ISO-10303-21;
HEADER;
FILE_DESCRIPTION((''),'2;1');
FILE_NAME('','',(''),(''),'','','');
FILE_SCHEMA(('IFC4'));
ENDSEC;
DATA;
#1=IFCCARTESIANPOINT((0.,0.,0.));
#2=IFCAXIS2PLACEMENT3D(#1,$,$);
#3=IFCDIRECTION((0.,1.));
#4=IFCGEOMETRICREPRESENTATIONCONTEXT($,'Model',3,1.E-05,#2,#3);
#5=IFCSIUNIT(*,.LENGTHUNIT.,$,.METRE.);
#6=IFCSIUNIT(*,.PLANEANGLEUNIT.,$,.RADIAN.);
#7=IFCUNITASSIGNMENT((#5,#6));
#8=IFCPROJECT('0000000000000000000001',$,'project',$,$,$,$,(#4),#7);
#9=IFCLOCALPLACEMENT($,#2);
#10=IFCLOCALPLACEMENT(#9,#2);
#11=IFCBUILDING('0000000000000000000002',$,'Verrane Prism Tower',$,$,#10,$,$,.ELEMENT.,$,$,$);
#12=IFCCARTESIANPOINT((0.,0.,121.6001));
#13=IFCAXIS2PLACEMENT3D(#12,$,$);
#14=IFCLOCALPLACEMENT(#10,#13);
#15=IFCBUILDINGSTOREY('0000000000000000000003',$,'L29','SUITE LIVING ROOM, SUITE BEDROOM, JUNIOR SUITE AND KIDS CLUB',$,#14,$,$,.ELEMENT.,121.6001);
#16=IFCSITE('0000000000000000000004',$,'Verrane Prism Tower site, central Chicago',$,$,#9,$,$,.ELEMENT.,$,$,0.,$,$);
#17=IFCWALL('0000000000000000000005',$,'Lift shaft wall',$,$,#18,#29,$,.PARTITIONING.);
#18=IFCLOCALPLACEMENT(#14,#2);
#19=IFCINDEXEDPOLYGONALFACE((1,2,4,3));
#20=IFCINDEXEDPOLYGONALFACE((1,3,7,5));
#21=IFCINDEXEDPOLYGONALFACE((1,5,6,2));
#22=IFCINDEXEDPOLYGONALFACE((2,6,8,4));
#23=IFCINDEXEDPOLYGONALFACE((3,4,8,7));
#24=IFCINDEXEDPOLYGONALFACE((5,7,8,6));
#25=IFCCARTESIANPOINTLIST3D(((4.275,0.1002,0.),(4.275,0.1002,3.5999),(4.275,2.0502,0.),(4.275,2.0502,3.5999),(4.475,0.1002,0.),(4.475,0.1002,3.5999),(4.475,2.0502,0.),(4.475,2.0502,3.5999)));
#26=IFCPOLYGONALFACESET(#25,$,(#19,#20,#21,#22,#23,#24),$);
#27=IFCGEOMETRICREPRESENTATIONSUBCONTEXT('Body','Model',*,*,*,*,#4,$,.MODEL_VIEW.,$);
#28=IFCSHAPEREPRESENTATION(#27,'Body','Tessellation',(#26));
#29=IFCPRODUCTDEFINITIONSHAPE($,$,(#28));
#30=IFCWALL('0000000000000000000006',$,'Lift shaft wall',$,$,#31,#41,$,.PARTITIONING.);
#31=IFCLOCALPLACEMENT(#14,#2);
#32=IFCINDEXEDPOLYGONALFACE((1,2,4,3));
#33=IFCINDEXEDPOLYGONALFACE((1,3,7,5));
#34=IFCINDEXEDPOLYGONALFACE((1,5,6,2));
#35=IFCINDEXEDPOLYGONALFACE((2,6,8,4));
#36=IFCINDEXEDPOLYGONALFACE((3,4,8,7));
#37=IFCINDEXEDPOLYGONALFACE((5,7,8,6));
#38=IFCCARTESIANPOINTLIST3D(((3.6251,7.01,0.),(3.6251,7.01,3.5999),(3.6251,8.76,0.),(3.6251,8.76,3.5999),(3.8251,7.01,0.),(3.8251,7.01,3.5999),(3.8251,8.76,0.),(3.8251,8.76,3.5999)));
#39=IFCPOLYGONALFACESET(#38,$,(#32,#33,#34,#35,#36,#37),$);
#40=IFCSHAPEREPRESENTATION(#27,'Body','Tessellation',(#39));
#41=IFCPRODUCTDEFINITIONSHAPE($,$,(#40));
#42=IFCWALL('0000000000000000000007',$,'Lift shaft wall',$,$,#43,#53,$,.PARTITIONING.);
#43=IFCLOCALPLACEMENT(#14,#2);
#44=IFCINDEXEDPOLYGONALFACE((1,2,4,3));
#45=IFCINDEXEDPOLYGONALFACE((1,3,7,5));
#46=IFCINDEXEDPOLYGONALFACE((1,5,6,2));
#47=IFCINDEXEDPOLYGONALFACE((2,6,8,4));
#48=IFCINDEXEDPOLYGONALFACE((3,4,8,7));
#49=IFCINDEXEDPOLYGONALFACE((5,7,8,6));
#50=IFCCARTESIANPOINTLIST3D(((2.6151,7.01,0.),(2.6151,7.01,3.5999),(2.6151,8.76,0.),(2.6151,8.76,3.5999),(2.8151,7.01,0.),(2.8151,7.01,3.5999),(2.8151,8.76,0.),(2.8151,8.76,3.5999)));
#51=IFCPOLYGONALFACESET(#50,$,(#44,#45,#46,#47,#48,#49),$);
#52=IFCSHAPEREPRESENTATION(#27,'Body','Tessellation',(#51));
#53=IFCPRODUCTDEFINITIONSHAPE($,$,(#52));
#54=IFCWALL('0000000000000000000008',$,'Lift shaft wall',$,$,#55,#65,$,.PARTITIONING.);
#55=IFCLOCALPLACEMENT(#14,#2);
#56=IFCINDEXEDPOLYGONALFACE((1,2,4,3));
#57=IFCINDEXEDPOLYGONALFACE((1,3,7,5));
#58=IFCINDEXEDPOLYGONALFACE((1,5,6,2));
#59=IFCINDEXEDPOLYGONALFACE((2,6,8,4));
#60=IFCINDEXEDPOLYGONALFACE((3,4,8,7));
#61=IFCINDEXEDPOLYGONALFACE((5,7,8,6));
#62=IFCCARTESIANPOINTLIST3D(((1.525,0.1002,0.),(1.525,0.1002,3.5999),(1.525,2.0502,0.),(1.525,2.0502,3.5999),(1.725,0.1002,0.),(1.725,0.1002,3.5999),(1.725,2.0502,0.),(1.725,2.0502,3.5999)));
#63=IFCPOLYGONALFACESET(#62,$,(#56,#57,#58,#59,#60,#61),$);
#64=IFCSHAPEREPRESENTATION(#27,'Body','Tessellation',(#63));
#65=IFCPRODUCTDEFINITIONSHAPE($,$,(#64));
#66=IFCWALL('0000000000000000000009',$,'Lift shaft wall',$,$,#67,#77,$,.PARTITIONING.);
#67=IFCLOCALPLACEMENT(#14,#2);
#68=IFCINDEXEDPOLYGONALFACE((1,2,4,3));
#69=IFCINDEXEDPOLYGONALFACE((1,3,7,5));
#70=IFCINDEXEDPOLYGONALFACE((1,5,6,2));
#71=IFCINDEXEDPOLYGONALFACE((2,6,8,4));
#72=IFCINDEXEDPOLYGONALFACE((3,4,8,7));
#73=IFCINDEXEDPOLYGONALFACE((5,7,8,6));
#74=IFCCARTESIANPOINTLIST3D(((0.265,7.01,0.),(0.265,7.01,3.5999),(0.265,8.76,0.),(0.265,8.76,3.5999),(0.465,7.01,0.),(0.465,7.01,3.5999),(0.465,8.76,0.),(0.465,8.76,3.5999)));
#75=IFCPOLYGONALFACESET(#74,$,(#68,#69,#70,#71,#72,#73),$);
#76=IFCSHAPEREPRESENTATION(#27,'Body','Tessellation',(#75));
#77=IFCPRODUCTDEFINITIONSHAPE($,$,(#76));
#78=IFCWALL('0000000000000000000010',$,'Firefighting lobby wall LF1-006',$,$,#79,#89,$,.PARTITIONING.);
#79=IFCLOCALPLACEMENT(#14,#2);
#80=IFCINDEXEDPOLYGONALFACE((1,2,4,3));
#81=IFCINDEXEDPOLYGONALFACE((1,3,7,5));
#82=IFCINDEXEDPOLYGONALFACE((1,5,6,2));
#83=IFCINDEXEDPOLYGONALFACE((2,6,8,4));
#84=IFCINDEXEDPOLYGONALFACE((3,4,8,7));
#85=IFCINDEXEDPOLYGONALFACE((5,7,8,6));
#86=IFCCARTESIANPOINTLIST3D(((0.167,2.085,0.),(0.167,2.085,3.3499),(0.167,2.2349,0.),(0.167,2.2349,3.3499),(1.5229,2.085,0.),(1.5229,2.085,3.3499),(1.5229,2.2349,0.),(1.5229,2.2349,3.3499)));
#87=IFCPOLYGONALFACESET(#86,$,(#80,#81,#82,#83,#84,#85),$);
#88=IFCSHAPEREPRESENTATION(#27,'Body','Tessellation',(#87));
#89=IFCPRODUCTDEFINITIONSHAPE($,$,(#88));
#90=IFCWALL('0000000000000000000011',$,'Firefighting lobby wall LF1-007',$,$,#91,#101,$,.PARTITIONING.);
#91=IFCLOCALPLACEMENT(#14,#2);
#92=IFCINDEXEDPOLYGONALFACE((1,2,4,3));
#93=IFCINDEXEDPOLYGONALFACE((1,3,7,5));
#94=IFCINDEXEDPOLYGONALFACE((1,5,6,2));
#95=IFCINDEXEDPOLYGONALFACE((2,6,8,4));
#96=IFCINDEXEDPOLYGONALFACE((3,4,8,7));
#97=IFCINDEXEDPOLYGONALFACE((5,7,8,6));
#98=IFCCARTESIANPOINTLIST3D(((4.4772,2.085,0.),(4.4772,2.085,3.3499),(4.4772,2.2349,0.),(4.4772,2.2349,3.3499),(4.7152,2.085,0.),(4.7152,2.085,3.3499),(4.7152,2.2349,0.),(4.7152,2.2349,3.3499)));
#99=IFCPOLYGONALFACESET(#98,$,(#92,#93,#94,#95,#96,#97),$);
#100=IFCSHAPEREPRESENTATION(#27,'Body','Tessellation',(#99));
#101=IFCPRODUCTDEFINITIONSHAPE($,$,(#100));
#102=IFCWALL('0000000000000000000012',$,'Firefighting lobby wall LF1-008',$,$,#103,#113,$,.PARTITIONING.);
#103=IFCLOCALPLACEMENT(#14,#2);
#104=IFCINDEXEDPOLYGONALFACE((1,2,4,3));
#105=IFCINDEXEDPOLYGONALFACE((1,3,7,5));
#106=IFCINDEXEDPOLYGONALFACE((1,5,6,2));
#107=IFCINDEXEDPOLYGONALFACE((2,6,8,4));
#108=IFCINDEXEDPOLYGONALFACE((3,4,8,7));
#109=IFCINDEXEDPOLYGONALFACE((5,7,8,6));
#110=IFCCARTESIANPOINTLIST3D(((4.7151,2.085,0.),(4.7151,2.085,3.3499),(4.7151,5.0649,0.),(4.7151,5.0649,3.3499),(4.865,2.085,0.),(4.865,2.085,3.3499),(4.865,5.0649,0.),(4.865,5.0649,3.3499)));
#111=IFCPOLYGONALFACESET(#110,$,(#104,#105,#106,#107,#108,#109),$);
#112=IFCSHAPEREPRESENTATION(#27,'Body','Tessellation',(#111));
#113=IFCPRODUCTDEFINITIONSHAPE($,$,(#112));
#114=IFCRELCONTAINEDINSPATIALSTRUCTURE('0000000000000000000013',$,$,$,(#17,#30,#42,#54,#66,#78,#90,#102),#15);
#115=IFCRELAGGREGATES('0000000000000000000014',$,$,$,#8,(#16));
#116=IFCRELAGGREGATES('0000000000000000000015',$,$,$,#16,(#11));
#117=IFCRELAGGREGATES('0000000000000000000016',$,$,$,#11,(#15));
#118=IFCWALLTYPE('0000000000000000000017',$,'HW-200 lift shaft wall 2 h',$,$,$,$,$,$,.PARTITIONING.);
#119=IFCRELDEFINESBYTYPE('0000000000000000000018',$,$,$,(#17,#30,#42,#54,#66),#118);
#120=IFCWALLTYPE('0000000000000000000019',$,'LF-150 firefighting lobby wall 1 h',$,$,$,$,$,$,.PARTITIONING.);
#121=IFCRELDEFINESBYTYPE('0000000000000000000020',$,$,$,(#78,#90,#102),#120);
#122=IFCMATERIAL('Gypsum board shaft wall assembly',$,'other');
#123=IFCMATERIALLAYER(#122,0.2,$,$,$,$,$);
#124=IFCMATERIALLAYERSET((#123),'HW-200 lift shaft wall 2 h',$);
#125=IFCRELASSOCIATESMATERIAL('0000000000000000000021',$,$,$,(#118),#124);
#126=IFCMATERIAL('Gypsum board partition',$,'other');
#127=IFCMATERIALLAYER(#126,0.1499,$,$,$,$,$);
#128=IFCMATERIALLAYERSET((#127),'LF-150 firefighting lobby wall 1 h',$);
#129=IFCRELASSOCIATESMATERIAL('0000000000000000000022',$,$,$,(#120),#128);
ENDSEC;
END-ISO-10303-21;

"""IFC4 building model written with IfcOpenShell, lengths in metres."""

from ifc_helpers import new_model, si_unit, direction, frame, frame_2d, origin, place, context, subcontext, project, spatial, rectangle, extrude, material, layer, layer_set, type_object, element, save


model = new_model("IFC4")

# Units and contexts
model_context = context("Model", 3, precision=1e-05, world=origin(), true_north=direction((0.0, 1.0)))
body_context = subcontext(model_context, "Body", "Model", "MODEL_VIEW")
ifc_project = project(units=[si_unit("LENGTHUNIT", "METRE"), si_unit("PLANEANGLEUNIT", "RADIAN")], contexts=[model_context])

# Site, building, storey
site_placement = place(None, origin())
site = spatial("IfcSite", under=ifc_project, at=site_placement, Name="Verrane Prism Tower site, central Chicago", CompositionType="ELEMENT", RefElevation=0.0)
building_placement = place(site_placement, origin())
building = spatial("IfcBuilding", under=site, at=building_placement, Name="Verrane Prism Tower", CompositionType="ELEMENT")
storey_placement = place(building_placement, frame((0.0, 0.0, 121.6001)))
storey = spatial("IfcBuildingStorey", under=building, at=storey_placement, Name="L29", Description="SUITE LIVING ROOM, SUITE BEDROOM, JUNIOR SUITE AND KIDS CLUB", CompositionType="ELEMENT", Elevation=121.6001)

# Shared definitions
ifc_material_1 = material(Name="Gypsum board shaft wall assembly", Category="other")
ifc_layer_1 = layer(ifc_material_1, 0.2)
ifc_layer_set_1 = layer_set([ifc_layer_1], Name="HW-200 lift shaft wall 2 h")
wall_type_1 = type_object("IfcWallType", Name="HW-200 lift shaft wall 2 h", PredefinedType="PARTITIONING", material=ifc_layer_set_1)

# Walls
wall_1_placement = place(storey_placement, frame((4.375, 0.1001, 0.0), z_axis=(0.0, 0.0, 1.0), x_axis=(0.0, 1.0, 0.0)))
element("IfcWall", 1, at=wall_1_placement, inside=storey, type_object=wall_type_1, Name="Lift shaft wall", PredefinedType="PARTITIONING", context=body_context, shape_type="SweptSolid", body=[
    extrude(rectangle(XDim=1.95, YDim=0.2, at=frame_2d((0.9751, 0.0))), origin(), (0.0, 0.0, 1.0), 3.5999),
])
for number, where, z_axis, x_axis, name in (
    (2, (3.7251, 7.01, 0.0), (0.0, 0.0, 1.0), (0.0, 1.0, 0.0), "Lift shaft wall"),
    (3, (2.7151, 7.01, 0.0), (0.0, 0.0, 1.0), (0.0, 1.0, 0.0), "Lift shaft wall"),
):
    element("IfcWall", number, at=place(storey_placement, frame(where, z_axis=z_axis, x_axis=x_axis)), inside=storey, type_object=wall_type_1, Name=name, PredefinedType="PARTITIONING", context=body_context, shape_type="SweptSolid", body=[
        extrude(rectangle(XDim=1.75, YDim=0.2, at=frame_2d((0.875, 0.0))), origin(), (0.0, 0.0, 1.0), 3.5999),
    ])
wall_2_placement = place(storey_placement, frame((1.625, 0.1001, 0.0), z_axis=(0.0, 0.0, 1.0), x_axis=(0.0, 1.0, 0.0)))
element("IfcWall", 4, at=wall_2_placement, inside=storey, type_object=wall_type_1, Name="Lift shaft wall", PredefinedType="PARTITIONING", context=body_context, shape_type="SweptSolid", body=[
    extrude(rectangle(XDim=1.95, YDim=0.2, at=frame_2d((0.9751, 0.0))), origin(), (0.0, 0.0, 1.0), 3.5999),
])
wall_3_placement = place(storey_placement, frame((0.365, 7.01, 0.0), z_axis=(0.0, 0.0, 1.0), x_axis=(0.0, 1.0, 0.0)))
element("IfcWall", 5, at=wall_3_placement, inside=storey, type_object=wall_type_1, Name="Lift shaft wall", PredefinedType="PARTITIONING", context=body_context, shape_type="SweptSolid", body=[
    extrude(rectangle(XDim=1.75, YDim=0.2, at=frame_2d((0.875, 0.0))), origin(), (0.0, 0.0, 1.0), 3.5999),
])
ifc_material_2 = material(Name="Gypsum board partition", Category="other")
ifc_layer_2 = layer(ifc_material_2, 0.1499)
ifc_layer_set_2 = layer_set([ifc_layer_2], Name="LF-150 firefighting lobby wall 1 h")
wall_type_2 = type_object("IfcWallType", Name="LF-150 firefighting lobby wall 1 h", PredefinedType="PARTITIONING", material=ifc_layer_set_2)
wall_4_placement = place(storey_placement, frame((0.167, 2.1599, 0.0), z_axis=(0.0, 0.0, 1.0), x_axis=(1.0, 0.0, 0.0)))
element("IfcWall", 6, at=wall_4_placement, inside=storey, type_object=wall_type_2, Name="Firefighting lobby wall LF1-006", PredefinedType="PARTITIONING", context=body_context, shape_type="SweptSolid", body=[
    extrude(rectangle(XDim=1.356, YDim=0.1499, at=frame_2d((0.678, 0.0))), origin(), (0.0, 0.0, 1.0), 3.3499),
])
wall_5_placement = place(storey_placement, frame((4.4771, 2.1599, 0.0), z_axis=(0.0, 0.0, 1.0), x_axis=(1.0, 0.0, 0.0)))
element("IfcWall", 7, at=wall_5_placement, inside=storey, type_object=wall_type_2, Name="Firefighting lobby wall LF1-007", PredefinedType="PARTITIONING", context=body_context, shape_type="SweptSolid", body=[
    extrude(rectangle(XDim=0.238, YDim=0.1499, at=frame_2d((0.1191, 0.0))), origin(), (0.0, 0.0, 1.0), 3.3499),
])
wall_6_placement = place(storey_placement, frame((4.79, 2.085, 0.0), z_axis=(0.0, 0.0, 1.0), x_axis=(0.0, 1.0, 0.0)))
element("IfcWall", 8, at=wall_6_placement, inside=storey, type_object=wall_type_2, Name="Firefighting lobby wall LF1-008", PredefinedType="PARTITIONING", context=body_context, shape_type="SweptSolid", body=[
    extrude(rectangle(XDim=2.98, YDim=0.1499, at=frame_2d((1.49, 0.0))), origin(), (0.0, 0.0, 1.0), 3.3499),
])

save(model, "model.ifc")
